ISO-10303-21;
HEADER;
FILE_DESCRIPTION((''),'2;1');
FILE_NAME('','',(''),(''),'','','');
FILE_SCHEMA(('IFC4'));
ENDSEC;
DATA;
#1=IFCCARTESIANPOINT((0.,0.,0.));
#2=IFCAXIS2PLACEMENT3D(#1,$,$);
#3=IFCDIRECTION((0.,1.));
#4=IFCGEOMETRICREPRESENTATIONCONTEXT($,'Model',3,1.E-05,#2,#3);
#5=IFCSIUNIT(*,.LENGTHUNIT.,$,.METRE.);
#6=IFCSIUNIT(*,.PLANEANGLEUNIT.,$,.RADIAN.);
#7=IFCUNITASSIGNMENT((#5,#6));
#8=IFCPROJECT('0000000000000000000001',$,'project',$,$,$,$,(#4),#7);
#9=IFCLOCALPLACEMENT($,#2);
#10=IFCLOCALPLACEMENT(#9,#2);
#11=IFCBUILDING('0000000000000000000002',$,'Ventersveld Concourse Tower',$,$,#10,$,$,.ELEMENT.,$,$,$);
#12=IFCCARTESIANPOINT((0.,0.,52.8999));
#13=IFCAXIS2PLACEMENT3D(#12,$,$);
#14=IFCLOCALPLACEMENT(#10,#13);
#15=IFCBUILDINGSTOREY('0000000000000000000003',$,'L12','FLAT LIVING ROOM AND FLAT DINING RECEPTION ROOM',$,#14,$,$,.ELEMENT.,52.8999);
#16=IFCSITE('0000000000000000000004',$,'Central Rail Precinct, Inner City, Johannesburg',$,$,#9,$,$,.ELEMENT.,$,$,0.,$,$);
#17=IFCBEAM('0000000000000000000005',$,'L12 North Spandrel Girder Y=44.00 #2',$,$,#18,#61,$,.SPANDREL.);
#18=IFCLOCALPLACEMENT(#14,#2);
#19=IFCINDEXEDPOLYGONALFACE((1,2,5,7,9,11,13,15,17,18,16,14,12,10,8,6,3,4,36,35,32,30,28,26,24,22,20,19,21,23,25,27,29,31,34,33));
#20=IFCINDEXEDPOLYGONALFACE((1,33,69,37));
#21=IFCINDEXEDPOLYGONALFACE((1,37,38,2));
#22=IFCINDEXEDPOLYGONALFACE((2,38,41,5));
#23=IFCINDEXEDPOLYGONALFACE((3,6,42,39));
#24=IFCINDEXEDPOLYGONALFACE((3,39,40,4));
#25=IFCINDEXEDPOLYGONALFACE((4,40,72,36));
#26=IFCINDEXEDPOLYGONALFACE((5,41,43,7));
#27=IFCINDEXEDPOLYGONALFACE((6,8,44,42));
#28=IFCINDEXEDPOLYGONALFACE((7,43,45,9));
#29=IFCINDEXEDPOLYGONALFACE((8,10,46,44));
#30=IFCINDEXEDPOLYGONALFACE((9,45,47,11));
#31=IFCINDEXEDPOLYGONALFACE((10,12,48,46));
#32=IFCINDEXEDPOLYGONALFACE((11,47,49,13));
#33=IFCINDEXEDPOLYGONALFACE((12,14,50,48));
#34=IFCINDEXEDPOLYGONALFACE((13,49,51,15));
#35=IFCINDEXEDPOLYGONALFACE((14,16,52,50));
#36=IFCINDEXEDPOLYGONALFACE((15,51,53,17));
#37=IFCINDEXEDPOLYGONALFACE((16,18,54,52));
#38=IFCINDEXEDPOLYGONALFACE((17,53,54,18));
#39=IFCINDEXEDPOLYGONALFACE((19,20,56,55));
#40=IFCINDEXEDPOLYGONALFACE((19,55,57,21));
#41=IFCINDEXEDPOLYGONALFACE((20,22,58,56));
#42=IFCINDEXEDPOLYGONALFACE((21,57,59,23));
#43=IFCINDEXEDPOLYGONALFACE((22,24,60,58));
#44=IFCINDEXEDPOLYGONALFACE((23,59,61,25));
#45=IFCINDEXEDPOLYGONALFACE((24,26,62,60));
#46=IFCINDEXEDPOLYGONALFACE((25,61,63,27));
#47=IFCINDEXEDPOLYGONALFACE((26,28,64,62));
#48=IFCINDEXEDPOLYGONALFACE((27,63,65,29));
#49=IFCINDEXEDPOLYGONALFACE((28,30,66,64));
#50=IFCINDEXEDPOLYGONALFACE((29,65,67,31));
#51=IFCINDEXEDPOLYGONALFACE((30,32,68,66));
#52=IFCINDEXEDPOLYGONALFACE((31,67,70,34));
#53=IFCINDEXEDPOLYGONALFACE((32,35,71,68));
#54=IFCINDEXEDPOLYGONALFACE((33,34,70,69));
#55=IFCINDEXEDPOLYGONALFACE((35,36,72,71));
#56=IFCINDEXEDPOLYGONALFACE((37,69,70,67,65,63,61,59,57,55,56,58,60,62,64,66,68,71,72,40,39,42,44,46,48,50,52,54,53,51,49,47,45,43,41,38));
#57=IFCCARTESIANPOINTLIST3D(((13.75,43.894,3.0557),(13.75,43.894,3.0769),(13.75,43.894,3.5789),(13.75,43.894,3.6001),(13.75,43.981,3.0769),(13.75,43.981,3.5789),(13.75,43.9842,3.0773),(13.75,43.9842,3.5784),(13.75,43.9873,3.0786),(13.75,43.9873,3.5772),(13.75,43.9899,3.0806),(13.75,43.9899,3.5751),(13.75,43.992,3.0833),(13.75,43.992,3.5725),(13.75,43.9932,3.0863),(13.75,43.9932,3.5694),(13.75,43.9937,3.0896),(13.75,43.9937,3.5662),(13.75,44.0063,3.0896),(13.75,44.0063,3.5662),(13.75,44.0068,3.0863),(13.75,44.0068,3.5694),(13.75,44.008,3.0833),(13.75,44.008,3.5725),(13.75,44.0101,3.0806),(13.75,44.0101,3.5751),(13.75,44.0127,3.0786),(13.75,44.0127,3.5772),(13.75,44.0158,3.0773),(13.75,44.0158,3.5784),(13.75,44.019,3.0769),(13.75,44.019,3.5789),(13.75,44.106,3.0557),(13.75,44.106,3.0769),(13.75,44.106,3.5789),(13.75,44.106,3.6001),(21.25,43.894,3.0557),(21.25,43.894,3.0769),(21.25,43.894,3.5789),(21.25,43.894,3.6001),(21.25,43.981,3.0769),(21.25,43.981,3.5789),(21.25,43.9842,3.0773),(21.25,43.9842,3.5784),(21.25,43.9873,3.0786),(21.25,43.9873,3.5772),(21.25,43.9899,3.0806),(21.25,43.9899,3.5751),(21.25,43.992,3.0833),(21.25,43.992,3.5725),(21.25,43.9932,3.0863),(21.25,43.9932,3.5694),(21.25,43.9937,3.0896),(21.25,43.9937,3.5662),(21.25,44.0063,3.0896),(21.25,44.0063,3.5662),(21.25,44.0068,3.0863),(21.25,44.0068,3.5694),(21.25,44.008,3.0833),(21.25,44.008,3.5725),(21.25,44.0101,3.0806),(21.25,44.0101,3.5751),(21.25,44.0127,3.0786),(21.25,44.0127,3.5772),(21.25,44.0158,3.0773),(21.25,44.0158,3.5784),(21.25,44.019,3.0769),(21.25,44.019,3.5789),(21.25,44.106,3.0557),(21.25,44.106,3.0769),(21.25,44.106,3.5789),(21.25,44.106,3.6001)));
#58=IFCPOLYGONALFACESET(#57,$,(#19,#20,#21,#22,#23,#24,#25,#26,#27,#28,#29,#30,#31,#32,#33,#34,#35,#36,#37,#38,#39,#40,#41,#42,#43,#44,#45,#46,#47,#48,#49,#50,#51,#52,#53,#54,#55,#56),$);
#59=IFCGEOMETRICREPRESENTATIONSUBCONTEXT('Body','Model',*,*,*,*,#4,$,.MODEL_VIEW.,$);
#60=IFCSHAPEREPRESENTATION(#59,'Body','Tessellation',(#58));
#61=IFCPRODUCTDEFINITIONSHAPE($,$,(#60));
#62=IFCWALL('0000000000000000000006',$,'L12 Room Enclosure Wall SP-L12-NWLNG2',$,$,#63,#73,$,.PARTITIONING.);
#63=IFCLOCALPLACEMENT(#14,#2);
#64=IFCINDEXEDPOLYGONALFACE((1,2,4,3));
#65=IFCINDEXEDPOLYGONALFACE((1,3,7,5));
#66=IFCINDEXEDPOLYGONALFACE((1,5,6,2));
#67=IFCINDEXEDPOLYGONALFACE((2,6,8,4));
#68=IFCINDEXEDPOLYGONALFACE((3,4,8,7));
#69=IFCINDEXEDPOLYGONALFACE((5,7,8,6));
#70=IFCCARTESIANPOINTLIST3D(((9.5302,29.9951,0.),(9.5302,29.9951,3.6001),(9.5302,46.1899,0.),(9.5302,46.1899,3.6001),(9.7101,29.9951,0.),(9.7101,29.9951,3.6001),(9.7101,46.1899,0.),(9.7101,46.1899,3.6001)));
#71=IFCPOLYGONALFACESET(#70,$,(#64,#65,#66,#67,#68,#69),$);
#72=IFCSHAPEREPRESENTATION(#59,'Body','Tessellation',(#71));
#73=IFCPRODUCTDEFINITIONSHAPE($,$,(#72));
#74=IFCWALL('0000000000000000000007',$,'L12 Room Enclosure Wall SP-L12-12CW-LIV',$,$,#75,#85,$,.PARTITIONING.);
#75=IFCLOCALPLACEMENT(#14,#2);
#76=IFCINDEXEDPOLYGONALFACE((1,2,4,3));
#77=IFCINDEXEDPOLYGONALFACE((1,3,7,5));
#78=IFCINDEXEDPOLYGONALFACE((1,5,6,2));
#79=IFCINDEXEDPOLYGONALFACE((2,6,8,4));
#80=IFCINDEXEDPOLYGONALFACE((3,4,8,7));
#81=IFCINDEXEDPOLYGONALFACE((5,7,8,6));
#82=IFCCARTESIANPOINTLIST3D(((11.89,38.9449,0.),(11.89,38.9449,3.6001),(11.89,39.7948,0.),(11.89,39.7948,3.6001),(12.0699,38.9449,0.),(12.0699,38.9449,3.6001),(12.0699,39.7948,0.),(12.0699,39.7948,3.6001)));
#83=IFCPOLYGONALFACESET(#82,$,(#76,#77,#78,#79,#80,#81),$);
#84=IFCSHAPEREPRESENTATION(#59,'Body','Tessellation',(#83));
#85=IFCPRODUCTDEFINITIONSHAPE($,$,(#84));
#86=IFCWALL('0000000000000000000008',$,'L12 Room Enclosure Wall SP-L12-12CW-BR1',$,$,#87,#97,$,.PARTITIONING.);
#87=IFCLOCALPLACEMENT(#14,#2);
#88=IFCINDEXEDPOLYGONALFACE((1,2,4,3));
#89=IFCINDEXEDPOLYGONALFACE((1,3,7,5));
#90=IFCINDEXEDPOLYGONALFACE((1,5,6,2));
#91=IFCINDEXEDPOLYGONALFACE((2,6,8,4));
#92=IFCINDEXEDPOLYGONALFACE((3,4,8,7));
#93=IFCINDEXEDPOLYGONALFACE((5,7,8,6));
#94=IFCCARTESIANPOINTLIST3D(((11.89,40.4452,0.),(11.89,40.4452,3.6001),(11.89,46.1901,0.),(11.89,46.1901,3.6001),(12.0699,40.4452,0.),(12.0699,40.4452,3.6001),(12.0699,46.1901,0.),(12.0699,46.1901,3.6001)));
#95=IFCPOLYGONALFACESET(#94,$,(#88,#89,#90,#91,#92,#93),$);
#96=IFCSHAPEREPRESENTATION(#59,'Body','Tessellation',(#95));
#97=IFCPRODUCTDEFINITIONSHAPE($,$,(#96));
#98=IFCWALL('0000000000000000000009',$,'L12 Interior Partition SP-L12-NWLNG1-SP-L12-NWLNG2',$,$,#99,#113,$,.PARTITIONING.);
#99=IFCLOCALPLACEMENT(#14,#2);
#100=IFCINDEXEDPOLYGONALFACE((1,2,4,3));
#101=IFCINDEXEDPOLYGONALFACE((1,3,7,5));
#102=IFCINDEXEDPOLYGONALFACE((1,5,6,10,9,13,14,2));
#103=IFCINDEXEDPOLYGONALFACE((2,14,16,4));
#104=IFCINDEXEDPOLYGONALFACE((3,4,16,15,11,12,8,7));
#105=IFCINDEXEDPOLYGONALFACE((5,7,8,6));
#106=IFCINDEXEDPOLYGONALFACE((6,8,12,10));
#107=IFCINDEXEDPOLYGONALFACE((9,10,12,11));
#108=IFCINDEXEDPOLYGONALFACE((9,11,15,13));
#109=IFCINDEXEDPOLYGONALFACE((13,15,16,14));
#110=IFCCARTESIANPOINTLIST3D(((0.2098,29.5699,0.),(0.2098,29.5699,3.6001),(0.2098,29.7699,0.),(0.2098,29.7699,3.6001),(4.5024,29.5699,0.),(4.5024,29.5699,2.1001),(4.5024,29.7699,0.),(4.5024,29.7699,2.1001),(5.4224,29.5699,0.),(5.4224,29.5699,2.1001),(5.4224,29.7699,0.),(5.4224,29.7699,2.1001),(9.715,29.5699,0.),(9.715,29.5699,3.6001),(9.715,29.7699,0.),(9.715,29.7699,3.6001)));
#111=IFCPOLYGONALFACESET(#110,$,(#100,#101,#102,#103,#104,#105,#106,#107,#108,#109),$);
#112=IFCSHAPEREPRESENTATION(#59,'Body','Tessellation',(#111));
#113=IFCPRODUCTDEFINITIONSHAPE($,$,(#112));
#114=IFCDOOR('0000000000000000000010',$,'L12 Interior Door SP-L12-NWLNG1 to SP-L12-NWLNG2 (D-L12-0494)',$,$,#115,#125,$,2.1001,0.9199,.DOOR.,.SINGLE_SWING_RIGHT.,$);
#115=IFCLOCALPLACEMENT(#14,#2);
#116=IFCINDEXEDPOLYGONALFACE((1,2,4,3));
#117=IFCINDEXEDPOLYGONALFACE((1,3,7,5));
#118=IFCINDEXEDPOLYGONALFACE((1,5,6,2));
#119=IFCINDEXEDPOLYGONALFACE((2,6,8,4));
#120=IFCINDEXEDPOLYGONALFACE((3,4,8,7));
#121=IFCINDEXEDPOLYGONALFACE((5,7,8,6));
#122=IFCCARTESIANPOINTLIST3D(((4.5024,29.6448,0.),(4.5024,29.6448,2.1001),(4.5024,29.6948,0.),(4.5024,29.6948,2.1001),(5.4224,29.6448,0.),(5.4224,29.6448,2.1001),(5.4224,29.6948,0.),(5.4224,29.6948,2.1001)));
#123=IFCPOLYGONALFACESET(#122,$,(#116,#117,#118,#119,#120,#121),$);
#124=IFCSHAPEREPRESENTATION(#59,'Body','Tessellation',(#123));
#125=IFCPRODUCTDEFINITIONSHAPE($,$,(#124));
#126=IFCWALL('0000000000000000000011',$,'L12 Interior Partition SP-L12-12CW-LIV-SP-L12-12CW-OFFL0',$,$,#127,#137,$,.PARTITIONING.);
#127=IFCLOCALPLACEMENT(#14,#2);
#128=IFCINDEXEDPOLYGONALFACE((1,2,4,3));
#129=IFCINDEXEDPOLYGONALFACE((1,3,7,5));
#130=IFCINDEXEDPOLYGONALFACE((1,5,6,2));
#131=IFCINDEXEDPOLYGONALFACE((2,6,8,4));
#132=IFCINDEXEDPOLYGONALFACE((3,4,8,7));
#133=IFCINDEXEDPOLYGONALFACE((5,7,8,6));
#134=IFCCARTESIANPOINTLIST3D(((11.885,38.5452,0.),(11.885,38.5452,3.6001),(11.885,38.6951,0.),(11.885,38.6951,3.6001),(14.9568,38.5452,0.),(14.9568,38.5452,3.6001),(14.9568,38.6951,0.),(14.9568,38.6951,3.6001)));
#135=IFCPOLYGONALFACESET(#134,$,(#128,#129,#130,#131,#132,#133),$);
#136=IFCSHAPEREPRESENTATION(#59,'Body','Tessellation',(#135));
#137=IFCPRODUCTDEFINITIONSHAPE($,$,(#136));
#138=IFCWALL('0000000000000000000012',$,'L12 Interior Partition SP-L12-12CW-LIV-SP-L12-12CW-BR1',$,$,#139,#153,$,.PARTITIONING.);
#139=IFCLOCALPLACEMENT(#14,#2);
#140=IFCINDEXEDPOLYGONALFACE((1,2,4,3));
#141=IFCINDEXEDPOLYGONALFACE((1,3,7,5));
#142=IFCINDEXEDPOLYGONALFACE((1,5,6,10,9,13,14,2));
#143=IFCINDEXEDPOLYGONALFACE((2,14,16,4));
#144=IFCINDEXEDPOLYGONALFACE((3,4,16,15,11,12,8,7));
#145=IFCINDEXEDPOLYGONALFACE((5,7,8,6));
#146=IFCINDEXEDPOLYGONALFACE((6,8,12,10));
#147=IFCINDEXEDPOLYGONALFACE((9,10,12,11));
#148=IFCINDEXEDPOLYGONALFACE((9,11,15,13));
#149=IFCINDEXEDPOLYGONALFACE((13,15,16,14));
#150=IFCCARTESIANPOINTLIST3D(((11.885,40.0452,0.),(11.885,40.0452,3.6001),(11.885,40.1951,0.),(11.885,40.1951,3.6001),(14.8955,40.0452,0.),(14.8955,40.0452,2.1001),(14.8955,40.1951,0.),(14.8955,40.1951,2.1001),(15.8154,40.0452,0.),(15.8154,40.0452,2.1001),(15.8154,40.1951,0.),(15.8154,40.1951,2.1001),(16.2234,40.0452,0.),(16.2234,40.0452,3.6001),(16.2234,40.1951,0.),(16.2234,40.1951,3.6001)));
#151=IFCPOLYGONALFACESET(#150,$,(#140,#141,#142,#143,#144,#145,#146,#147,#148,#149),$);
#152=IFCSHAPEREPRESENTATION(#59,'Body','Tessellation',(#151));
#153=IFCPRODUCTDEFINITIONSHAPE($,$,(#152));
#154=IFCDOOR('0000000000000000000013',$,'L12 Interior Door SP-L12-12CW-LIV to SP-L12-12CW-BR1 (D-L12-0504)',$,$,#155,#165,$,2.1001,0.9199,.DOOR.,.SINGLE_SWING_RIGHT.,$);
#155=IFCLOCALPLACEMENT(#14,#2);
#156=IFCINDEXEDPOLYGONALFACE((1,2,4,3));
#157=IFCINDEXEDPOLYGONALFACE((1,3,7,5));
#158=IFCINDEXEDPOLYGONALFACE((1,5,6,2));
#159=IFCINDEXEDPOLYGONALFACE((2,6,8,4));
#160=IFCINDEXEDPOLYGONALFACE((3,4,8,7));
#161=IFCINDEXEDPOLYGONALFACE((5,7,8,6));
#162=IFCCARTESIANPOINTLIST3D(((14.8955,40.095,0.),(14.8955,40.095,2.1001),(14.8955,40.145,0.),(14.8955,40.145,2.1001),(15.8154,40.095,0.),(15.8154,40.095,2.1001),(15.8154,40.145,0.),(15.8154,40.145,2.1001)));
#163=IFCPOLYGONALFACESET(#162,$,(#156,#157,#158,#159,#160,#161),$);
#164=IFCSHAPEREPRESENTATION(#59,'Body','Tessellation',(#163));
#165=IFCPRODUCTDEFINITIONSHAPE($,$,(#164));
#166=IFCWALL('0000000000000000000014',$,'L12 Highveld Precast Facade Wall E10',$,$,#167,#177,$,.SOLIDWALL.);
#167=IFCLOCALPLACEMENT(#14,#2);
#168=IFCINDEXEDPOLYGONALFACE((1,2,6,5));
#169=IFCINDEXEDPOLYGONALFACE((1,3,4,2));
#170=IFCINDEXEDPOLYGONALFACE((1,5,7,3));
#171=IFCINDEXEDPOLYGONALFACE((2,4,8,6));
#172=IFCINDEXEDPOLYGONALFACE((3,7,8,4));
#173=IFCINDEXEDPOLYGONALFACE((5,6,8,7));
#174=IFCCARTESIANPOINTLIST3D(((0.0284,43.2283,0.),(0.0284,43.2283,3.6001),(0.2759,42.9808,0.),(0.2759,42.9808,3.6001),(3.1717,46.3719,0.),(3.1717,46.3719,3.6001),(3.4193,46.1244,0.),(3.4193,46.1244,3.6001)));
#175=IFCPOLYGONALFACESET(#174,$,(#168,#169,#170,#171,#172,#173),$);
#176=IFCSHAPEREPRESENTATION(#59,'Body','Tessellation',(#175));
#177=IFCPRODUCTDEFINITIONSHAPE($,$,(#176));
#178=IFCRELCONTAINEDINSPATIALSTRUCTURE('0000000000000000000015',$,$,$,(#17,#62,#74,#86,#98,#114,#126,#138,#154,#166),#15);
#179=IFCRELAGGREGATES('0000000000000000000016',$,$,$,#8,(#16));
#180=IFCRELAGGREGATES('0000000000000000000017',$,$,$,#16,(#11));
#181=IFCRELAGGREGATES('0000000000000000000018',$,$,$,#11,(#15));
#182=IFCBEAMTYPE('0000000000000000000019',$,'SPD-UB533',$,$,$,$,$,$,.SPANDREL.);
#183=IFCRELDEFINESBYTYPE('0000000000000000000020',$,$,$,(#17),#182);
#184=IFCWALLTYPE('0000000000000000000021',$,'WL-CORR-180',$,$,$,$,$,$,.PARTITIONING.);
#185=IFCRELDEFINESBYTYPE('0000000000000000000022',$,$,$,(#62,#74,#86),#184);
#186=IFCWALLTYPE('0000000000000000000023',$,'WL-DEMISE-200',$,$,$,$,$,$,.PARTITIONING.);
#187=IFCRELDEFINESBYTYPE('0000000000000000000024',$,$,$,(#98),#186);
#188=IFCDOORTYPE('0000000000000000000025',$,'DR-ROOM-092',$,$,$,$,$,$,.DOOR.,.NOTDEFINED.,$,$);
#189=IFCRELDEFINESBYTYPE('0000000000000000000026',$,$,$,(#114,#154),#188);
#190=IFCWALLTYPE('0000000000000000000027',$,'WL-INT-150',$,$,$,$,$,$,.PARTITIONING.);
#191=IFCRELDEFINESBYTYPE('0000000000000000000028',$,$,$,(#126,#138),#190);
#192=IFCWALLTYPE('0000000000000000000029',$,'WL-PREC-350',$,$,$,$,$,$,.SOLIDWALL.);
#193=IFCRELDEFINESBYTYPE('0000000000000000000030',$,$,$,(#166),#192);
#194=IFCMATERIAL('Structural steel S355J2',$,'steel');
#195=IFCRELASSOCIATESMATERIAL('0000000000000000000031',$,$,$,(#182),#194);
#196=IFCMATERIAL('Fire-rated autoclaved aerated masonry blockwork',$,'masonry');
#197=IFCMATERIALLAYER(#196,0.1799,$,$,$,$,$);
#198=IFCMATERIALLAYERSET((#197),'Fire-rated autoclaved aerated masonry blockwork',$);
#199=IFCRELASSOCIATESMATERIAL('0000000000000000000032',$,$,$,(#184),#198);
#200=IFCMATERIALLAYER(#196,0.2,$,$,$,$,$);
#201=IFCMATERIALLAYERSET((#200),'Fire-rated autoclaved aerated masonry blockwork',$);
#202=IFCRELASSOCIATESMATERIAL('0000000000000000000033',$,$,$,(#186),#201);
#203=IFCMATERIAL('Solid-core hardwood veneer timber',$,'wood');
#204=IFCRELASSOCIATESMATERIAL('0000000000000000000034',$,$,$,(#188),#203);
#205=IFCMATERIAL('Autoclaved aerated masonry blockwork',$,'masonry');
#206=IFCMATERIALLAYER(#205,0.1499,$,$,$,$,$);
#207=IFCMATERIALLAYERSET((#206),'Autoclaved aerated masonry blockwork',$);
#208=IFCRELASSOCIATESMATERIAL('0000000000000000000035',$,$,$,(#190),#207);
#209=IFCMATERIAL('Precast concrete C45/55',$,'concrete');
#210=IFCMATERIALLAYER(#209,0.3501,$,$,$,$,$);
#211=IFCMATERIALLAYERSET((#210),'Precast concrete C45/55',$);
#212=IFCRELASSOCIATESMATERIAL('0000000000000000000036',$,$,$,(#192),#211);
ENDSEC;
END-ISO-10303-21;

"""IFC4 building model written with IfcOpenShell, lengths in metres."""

from ifc_helpers import new_model, si_unit, direction, frame, frame_2d, origin, origin_2d, place, context, subcontext, project, spatial, rectangle, i_section, extrude, material, layer, layer_set, material_profile, profile_set, type_object, element, fill, save


model = new_model("IFC4")

# Units and contexts
model_context = context("Model", 3, precision=1e-05, world=origin(), true_north=direction((0.0, 1.0)))
body_context = subcontext(model_context, "Body", "Model", "MODEL_VIEW")
ifc_project = project(units=[si_unit("LENGTHUNIT", "METRE"), si_unit("PLANEANGLEUNIT", "RADIAN")], contexts=[model_context])

# Site, building, storey
site_placement = place(None, origin())
site = spatial("IfcSite", under=ifc_project, at=site_placement, Name="Central Rail Precinct, Inner City, Johannesburg", CompositionType="ELEMENT", RefElevation=0.0)
building_placement = place(site_placement, origin())
building = spatial("IfcBuilding", under=site, at=building_placement, Name="Ventersveld Concourse Tower", CompositionType="ELEMENT")
storey_placement = place(building_placement, frame((0.0, 0.0, 52.8999)))
storey = spatial("IfcBuildingStorey", under=building, at=storey_placement, Name="L12", Description="FLAT LIVING ROOM AND FLAT DINING RECEPTION ROOM", CompositionType="ELEMENT", Elevation=52.8999)

# Beam
ifc_material_1 = material(Name="Structural steel S355J2", Category="steel")
ifc_material_profile_1 = material_profile(ifc_material_1, i_section(OverallWidth=0.2119, OverallDepth=0.5444, WebThickness=0.0127, FlangeThickness=0.0212, FilletRadius=0.0127, at=origin_2d()), Name="UB 533x210x122")
ifc_profile_set_1 = profile_set([ifc_material_profile_1], Name="Structural steel S355J2")
beam_type_1 = type_object("IfcBeamType", Name="SPD-UB533", PredefinedType="SPANDREL", material=ifc_profile_set_1)
beam_1_placement = place(storey_placement, frame((13.75, 44.0, 3.3279), z_axis=(1.0, 0.0, 0.0), x_axis=(0.0, 1.0, 0.0)))
element("IfcBeam", 1, at=beam_1_placement, inside=storey, type_object=beam_type_1, Name="L12 North Spandrel Girder Y=44.00 #2", PredefinedType="SPANDREL", context=body_context, shape_type="SweptSolid", body=[
    extrude(i_section(OverallWidth=0.2119, OverallDepth=0.5444, WebThickness=0.0127, FlangeThickness=0.0212, FilletRadius=0.0127, at=origin_2d()), origin(), (0.0, 0.0, 1.0), 7.5),
])

# Walls
ifc_material_2 = material(Name="Fire-rated autoclaved aerated masonry blockwork", Category="masonry")
ifc_layer_1 = layer(ifc_material_2, 0.1799)
ifc_layer_set_1 = layer_set([ifc_layer_1], Name="Fire-rated autoclaved aerated masonry blockwork")
wall_type_1 = type_object("IfcWallType", Name="WL-CORR-180", PredefinedType="PARTITIONING", material=ifc_layer_set_1)
wall_1_placement = place(storey_placement, frame((9.6201, 46.1899, 0.0), z_axis=(0.0, 0.0, 1.0), x_axis=(0.0, -1.0, 0.0)))
element("IfcWall", 2, at=wall_1_placement, inside=storey, type_object=wall_type_1, Name="L12 Room Enclosure Wall SP-L12-NWLNG2", PredefinedType="PARTITIONING", context=body_context, shape_type="SweptSolid", body=[
    extrude(rectangle(XDim=16.1948, YDim=0.1799, at=frame_2d((8.0974, 0.0))), origin(), (0.0, 0.0, 1.0), 3.6001),
])
wall_2_placement = place(storey_placement, frame((11.98, 38.9451, 0.0), z_axis=(0.0, 0.0, 1.0), x_axis=(0.0, 1.0, 0.0)))
element("IfcWall", 3, at=wall_2_placement, inside=storey, type_object=wall_type_1, Name="L12 Room Enclosure Wall SP-L12-12CW-LIV", PredefinedType="PARTITIONING", context=body_context, shape_type="SweptSolid", body=[
    extrude(rectangle(XDim=0.8499, YDim=0.1799, at=frame_2d((0.4248, 0.0))), origin(), (0.0, 0.0, 1.0), 3.6001),
])
wall_3_placement = place(storey_placement, frame((11.98, 40.4451, 0.0), z_axis=(0.0, 0.0, 1.0), x_axis=(0.0, 1.0, 0.0)))
element("IfcWall", 4, at=wall_3_placement, inside=storey, type_object=wall_type_1, Name="L12 Room Enclosure Wall SP-L12-12CW-BR1", PredefinedType="PARTITIONING", context=body_context, shape_type="SweptSolid", body=[
    extrude(rectangle(XDim=5.7449, YDim=0.1799, at=frame_2d((2.8726, 0.0))), origin(), (0.0, 0.0, 1.0), 3.6001),
])

# Wall, opening, door
ifc_layer_2 = layer(ifc_material_2, 0.2)
ifc_layer_set_2 = layer_set([ifc_layer_2], Name="Fire-rated autoclaved aerated masonry blockwork")
wall_type_2 = type_object("IfcWallType", Name="WL-DEMISE-200", PredefinedType="PARTITIONING", material=ifc_layer_set_2)
wall_4_placement = place(storey_placement, frame((0.21, 29.6699, 0.0), z_axis=(0.0, 0.0, 1.0), x_axis=(1.0, 0.0, 0.0)))
wall_4 = element("IfcWall", 5, at=wall_4_placement, inside=storey, type_object=wall_type_2, Name="L12 Interior Partition SP-L12-NWLNG1-SP-L12-NWLNG2", PredefinedType="PARTITIONING", context=body_context, shape_type="SweptSolid", body=[
    extrude(rectangle(XDim=9.5051, YDim=0.2, at=frame_2d((4.7524, 0.0))), origin(), (0.0, 0.0, 1.0), 3.6001),
])
opening_1_placement = place(wall_4_placement, frame((4.2925, 0.0, 0.0)))
opening_1 = element("IfcOpeningElement", 6, at=opening_1_placement, cuts=wall_4, PredefinedType="OPENING", context=body_context, shape_type="SweptSolid", body=[
    extrude(rectangle(XDim=0.9199, YDim=2.1001, at=frame_2d((0.46, 1.05))), frame((0.0, 0.1099, 0.0), z_axis=(0.0, -1.0, 0.0), x_axis=(1.0, 0.0, 0.0)), (0.0, 0.0, 1.0), 0.22),
])
ifc_material_3 = material(Name="Solid-core hardwood veneer timber", Category="wood")
door_type = type_object("IfcDoorType", Name="DR-ROOM-092", OperationType="NOTDEFINED", PredefinedType="DOOR", material=ifc_material_3)
door_1_placement = place(opening_1_placement, origin())
door_1 = element("IfcDoor", 7, at=door_1_placement, inside=storey, type_object=door_type, Name="L12 Interior Door SP-L12-NWLNG1 to SP-L12-NWLNG2 (D-L12-0494)", OperationType="SINGLE_SWING_RIGHT", OverallHeight=2.1001, OverallWidth=0.9199, PredefinedType="DOOR", context=body_context, shape_type="SweptSolid", body=[
    extrude(rectangle(XDim=0.9199, YDim=2.1001, at=frame_2d((0.46, 1.05))), frame((0.0, 0.0249, 0.0), z_axis=(0.0, -1.0, 0.0), x_axis=(1.0, 0.0, 0.0)), (0.0, 0.0, 1.0), 0.05),
])
fill(opening_1, door_1)

# Wall
ifc_material_4 = material(Name="Autoclaved aerated masonry blockwork", Category="masonry")
ifc_layer_3 = layer(ifc_material_4, 0.1499)
ifc_layer_set_3 = layer_set([ifc_layer_3], Name="Autoclaved aerated masonry blockwork")
wall_type_3 = type_object("IfcWallType", Name="WL-INT-150", PredefinedType="PARTITIONING", material=ifc_layer_set_3)
wall_5_placement = place(storey_placement, frame((11.885, 38.6201, 0.0), z_axis=(0.0, 0.0, 1.0), x_axis=(1.0, 0.0, 0.0)))
element("IfcWall", 8, at=wall_5_placement, inside=storey, type_object=wall_type_3, Name="L12 Interior Partition SP-L12-12CW-LIV-SP-L12-12CW-OFFL0", PredefinedType="PARTITIONING", context=body_context, shape_type="SweptSolid", body=[
    extrude(rectangle(XDim=3.0718, YDim=0.1499, at=frame_2d((1.5359, 0.0))), origin(), (0.0, 0.0, 1.0), 3.6001),
])

# Wall, opening, door
wall_6_placement = place(storey_placement, frame((11.885, 40.1201, 0.0), z_axis=(0.0, 0.0, 1.0), x_axis=(1.0, 0.0, 0.0)))
wall_6 = element("IfcWall", 9, at=wall_6_placement, inside=storey, type_object=wall_type_3, Name="L12 Interior Partition SP-L12-12CW-LIV-SP-L12-12CW-BR1", PredefinedType="PARTITIONING", context=body_context, shape_type="SweptSolid", body=[
    extrude(rectangle(XDim=4.3384, YDim=0.1499, at=frame_2d((2.1692, 0.0))), origin(), (0.0, 0.0, 1.0), 3.6001),
])
opening_2_placement = place(wall_6_placement, frame((3.0105, 0.0, 0.0)))
opening_2 = element("IfcOpeningElement", 10, at=opening_2_placement, cuts=wall_6, PredefinedType="OPENING", context=body_context, shape_type="SweptSolid", body=[
    extrude(rectangle(XDim=0.9199, YDim=2.1001, at=frame_2d((0.46, 1.05))), frame((0.0, 0.085, 0.0), z_axis=(0.0, -1.0, 0.0), x_axis=(1.0, 0.0, 0.0)), (0.0, 0.0, 1.0), 0.1699),
])
door_2_placement = place(opening_2_placement, origin())
door_2 = element("IfcDoor", 11, at=door_2_placement, inside=storey, type_object=door_type, Name="L12 Interior Door SP-L12-12CW-LIV to SP-L12-12CW-BR1 (D-L12-0504)", OperationType="SINGLE_SWING_RIGHT", OverallHeight=2.1001, OverallWidth=0.9199, PredefinedType="DOOR", context=body_context, shape_type="SweptSolid", body=[
    extrude(rectangle(XDim=0.9199, YDim=2.1001, at=frame_2d((0.46, 1.05))), frame((0.0, 0.0249, 0.0), z_axis=(0.0, -1.0, 0.0), x_axis=(1.0, 0.0, 0.0)), (0.0, 0.0, 1.0), 0.05),
])
fill(opening_2, door_2)

# Wall
ifc_material_5 = material(Name="Precast concrete C45/55", Category="concrete")
ifc_layer_4 = layer(ifc_material_5, 0.3501)
ifc_layer_set_4 = layer_set([ifc_layer_4], Name="Precast concrete C45/55")
wall_type_4 = type_object("IfcWallType", Name="WL-PREC-350", PredefinedType="SOLIDWALL", material=ifc_layer_set_4)
wall_7_placement = place(storey_placement, frame((3.2954, 46.248, 0.0), z_axis=(0.0, 0.0, 1.0), x_axis=(-0.707079, -0.707134, 0.0)))
element("IfcWall", 12, at=wall_7_placement, inside=storey, type_object=wall_type_4, Name="L12 Highveld Precast Facade Wall E10", PredefinedType="SOLIDWALL", context=body_context, shape_type="SweptSolid", body=[
    extrude(rectangle(XDim=4.4456, YDim=0.3501, at=frame_2d((2.2227, 0.0))), origin(), (0.0, 0.0, 1.0), 3.6001),
])

save(model, "model.ifc")
